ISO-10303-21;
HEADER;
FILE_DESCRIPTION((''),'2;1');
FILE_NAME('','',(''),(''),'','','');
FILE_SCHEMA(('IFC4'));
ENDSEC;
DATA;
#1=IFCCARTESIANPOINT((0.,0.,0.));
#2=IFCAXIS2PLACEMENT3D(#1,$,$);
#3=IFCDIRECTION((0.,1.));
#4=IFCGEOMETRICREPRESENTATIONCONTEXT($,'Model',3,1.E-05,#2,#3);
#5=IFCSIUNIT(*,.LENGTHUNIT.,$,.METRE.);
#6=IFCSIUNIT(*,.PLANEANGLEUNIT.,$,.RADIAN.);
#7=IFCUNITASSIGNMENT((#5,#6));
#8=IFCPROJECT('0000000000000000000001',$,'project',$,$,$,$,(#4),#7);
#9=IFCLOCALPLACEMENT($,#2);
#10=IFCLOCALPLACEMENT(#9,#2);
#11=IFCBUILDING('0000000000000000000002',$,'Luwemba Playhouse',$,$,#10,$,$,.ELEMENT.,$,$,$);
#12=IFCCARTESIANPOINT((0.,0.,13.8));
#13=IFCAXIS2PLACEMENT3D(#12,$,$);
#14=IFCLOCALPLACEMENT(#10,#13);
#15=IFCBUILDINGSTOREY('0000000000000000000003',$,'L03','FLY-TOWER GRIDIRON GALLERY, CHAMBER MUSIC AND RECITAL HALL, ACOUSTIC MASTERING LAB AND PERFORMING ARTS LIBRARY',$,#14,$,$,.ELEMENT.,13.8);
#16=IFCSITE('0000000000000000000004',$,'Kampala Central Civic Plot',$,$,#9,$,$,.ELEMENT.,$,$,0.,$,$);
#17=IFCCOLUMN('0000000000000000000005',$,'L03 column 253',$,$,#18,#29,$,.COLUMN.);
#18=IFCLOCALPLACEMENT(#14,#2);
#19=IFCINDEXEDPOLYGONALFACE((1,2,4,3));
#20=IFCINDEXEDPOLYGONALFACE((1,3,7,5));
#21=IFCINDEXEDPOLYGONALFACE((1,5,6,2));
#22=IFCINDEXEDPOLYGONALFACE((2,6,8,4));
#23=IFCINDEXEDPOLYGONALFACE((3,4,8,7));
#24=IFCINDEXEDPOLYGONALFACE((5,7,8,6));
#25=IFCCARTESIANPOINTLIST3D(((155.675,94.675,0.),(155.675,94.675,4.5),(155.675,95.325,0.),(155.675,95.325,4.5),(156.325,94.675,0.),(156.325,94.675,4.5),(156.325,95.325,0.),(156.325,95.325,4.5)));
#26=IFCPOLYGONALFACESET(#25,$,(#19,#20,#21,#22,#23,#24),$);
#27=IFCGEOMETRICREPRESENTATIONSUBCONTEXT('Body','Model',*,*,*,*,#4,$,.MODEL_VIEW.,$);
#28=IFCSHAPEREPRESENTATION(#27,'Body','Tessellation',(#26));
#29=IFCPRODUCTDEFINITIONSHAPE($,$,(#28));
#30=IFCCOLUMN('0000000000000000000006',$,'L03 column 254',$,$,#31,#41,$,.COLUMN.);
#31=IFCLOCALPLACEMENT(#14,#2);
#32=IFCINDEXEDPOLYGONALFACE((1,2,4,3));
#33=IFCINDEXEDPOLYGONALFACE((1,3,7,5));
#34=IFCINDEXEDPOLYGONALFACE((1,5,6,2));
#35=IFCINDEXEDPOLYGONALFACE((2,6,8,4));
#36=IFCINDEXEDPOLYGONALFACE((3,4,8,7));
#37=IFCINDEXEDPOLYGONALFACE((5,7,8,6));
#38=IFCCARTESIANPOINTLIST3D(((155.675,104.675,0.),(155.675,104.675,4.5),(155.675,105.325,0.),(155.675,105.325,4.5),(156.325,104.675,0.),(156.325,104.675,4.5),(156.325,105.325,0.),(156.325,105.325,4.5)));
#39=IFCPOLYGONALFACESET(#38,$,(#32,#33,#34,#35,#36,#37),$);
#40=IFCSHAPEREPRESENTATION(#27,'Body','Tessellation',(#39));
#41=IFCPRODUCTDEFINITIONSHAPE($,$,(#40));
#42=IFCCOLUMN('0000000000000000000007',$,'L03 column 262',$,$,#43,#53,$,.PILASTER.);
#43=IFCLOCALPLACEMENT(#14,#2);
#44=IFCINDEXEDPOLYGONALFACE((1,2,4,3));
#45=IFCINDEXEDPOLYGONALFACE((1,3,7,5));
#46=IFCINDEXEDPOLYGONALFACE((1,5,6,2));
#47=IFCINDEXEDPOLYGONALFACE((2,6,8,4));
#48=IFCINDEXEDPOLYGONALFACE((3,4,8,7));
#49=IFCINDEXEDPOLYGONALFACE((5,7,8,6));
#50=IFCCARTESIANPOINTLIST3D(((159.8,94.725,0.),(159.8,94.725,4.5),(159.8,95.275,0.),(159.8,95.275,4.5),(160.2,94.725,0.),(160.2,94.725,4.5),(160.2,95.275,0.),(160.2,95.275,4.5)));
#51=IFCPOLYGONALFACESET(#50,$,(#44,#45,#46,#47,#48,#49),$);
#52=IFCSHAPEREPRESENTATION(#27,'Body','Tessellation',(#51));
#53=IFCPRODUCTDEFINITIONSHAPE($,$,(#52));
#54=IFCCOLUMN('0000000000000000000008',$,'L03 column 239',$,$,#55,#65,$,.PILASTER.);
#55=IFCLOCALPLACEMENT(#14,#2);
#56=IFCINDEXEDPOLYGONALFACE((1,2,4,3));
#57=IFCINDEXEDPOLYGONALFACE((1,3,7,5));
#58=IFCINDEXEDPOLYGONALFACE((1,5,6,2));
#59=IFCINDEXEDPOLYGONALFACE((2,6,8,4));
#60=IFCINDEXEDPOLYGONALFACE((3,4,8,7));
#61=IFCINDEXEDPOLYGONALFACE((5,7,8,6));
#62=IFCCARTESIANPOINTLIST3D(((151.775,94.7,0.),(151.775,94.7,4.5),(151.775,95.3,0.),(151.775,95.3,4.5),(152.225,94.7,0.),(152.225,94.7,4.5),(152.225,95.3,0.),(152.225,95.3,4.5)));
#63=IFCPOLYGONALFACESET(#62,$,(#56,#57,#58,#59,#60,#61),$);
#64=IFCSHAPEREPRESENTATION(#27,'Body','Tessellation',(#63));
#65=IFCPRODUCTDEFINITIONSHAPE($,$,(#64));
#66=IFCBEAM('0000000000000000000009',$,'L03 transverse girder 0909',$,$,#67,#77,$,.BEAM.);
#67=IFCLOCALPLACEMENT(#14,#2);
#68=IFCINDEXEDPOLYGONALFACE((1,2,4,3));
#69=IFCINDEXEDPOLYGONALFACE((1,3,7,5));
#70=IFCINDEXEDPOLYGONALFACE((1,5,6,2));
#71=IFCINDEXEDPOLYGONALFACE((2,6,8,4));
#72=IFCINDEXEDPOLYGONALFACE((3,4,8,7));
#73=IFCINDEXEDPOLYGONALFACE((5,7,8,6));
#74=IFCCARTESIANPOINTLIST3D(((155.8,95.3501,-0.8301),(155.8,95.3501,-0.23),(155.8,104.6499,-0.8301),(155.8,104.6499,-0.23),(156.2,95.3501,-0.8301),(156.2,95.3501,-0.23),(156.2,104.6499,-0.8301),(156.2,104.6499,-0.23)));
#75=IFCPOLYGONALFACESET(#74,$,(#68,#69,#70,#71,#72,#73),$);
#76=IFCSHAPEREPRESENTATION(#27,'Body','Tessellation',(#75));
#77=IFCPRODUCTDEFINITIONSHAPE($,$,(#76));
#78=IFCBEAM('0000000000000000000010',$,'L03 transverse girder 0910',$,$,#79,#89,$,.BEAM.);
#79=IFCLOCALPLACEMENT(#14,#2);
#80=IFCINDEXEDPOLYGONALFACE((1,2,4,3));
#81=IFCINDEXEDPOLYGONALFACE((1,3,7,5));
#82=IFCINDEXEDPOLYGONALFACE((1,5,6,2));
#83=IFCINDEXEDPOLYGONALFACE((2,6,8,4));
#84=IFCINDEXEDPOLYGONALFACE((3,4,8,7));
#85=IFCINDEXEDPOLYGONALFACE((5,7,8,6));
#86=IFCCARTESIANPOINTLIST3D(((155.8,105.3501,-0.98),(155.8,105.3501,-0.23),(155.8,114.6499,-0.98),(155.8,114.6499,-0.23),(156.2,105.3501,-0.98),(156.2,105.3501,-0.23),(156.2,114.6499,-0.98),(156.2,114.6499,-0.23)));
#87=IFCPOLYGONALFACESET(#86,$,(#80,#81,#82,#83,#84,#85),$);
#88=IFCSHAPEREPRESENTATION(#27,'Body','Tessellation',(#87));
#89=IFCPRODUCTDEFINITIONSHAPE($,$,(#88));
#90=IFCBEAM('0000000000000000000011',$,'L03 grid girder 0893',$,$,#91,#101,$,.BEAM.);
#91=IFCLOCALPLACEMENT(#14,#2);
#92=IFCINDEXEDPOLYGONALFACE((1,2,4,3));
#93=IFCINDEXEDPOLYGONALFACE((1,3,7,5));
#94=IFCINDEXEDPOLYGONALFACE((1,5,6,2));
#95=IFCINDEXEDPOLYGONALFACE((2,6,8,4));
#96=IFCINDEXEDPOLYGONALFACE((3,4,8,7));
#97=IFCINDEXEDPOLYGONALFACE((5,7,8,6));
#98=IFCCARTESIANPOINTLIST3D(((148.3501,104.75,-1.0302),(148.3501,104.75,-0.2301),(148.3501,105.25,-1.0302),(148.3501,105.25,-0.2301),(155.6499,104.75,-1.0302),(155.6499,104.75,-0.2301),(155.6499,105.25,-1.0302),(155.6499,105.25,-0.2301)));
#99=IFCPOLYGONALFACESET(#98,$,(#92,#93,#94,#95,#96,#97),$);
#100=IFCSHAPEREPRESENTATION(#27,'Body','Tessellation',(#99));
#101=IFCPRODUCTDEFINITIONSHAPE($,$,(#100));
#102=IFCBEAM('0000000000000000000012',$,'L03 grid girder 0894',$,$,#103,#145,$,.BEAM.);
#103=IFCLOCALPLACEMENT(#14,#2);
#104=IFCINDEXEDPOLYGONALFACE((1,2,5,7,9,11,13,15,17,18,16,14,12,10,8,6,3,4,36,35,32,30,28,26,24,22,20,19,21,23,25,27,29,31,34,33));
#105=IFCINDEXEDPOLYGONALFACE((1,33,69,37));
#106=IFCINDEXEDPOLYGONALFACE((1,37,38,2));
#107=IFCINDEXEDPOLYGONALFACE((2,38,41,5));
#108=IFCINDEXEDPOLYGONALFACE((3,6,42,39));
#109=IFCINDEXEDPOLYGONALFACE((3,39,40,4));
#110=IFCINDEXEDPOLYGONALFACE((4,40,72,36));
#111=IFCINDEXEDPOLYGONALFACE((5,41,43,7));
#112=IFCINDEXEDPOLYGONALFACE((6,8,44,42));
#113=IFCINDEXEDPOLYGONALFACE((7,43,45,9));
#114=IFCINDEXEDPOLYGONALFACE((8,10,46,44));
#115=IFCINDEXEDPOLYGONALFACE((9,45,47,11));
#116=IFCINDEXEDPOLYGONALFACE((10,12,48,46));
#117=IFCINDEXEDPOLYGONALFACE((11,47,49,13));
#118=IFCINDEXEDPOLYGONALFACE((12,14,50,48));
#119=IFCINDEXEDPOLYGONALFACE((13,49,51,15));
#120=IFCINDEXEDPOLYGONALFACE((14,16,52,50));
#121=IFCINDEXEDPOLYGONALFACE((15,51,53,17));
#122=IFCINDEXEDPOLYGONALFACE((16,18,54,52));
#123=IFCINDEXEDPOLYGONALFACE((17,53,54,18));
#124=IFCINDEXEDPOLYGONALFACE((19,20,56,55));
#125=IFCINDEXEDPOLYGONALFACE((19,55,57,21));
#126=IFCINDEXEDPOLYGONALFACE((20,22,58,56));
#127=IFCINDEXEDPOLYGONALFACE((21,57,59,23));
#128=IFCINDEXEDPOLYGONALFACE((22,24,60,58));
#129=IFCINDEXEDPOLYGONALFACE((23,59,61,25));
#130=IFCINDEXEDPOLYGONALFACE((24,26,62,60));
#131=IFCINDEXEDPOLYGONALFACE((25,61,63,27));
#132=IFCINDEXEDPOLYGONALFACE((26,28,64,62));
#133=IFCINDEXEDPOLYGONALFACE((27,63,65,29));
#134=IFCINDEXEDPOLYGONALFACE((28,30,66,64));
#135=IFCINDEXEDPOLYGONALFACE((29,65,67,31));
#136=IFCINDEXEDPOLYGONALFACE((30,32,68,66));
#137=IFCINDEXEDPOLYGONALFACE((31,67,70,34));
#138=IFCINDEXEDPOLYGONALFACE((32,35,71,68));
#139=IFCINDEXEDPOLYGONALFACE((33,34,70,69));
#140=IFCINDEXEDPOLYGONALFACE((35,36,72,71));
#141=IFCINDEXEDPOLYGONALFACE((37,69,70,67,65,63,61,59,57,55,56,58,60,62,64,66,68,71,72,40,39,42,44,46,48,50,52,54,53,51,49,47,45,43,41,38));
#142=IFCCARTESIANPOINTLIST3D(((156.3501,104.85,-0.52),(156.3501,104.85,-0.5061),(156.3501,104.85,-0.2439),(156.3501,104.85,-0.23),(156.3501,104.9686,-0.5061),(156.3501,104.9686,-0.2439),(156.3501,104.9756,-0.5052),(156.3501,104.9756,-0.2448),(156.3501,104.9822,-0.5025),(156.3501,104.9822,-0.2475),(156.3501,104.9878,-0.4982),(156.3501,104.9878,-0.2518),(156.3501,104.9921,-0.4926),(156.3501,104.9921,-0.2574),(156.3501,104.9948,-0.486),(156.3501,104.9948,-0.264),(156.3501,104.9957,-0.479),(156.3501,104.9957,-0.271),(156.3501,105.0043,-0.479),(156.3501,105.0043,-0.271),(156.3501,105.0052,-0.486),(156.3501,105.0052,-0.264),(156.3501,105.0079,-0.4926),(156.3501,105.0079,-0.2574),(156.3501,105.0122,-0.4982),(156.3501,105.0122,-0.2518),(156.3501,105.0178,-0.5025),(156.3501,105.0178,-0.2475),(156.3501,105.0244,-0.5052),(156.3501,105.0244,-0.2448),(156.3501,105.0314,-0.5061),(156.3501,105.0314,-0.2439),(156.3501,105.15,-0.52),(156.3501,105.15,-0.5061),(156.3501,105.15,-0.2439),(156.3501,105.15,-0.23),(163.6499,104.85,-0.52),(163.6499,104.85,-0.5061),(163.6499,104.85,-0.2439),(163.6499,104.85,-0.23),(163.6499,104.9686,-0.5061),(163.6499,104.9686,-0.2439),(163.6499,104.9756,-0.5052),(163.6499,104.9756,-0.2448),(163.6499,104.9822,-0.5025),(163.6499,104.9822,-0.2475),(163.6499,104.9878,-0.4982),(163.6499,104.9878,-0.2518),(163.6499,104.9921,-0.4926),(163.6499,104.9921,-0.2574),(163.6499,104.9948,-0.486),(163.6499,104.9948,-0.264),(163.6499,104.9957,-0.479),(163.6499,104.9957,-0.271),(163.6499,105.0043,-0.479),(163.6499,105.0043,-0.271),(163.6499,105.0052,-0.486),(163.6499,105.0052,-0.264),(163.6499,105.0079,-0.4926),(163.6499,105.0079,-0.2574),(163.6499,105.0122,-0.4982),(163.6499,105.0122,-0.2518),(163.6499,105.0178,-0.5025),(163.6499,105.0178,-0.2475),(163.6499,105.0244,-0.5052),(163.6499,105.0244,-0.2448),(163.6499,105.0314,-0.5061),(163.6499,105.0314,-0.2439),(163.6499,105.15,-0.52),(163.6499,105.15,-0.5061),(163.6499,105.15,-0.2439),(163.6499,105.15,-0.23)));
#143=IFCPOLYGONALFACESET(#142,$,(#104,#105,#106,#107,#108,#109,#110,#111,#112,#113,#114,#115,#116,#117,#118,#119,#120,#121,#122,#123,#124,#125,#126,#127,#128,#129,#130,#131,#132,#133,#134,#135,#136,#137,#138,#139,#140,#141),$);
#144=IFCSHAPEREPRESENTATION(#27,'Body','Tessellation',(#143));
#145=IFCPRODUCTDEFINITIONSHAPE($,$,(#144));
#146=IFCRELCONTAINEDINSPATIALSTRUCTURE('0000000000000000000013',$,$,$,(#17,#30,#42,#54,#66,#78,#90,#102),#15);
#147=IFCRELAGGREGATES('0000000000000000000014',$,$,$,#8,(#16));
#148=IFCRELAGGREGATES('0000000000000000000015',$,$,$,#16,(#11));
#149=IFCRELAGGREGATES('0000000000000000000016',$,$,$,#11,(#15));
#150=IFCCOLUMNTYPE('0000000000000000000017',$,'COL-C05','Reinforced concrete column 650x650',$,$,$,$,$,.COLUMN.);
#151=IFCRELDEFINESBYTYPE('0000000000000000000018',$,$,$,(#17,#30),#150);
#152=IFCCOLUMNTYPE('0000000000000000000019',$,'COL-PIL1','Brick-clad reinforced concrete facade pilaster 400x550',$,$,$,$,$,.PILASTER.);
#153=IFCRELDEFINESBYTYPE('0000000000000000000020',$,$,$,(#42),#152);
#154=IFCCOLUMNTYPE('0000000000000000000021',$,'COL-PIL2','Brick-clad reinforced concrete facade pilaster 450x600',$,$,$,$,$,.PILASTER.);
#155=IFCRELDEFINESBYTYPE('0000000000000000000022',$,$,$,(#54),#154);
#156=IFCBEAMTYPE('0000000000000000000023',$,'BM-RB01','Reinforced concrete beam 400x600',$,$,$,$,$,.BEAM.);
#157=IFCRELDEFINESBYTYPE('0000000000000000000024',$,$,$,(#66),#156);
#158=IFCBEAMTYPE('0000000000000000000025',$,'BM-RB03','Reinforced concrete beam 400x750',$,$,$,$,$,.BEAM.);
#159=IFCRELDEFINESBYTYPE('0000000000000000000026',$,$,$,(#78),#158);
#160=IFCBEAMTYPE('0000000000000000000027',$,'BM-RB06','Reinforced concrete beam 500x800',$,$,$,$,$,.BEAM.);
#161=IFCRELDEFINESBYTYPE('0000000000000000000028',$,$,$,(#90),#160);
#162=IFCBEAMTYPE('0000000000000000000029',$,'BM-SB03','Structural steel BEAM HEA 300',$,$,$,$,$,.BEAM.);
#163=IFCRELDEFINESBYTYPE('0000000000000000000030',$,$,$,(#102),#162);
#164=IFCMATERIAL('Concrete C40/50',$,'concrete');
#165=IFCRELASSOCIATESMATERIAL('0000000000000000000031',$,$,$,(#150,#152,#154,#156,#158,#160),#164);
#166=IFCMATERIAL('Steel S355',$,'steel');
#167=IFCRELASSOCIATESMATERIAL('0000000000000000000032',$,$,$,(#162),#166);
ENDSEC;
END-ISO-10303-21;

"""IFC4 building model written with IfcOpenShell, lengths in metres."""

from ifc_helpers import new_model, si_unit, direction, frame, origin, origin_2d, place, context, subcontext, project, spatial, rectangle, i_section, extrude, material, material_profile, profile_set, type_object, element, save


model = new_model("IFC4")

# Units and contexts
model_context = context("Model", 3, precision=1e-05, world=origin(), true_north=direction((0.0, 1.0)))
body_context = subcontext(model_context, "Body", "Model", "MODEL_VIEW")
ifc_project = project(units=[si_unit("LENGTHUNIT", "METRE"), si_unit("PLANEANGLEUNIT", "RADIAN")], contexts=[model_context])

# Site, building, storey
site_placement = place(None, origin())
site = spatial("IfcSite", under=ifc_project, at=site_placement, Name="Kampala Central Civic Plot", CompositionType="ELEMENT", RefElevation=0.0)
building_placement = place(site_placement, origin())
building = spatial("IfcBuilding", under=site, at=building_placement, Name="Luwemba Playhouse", CompositionType="ELEMENT")
storey_placement = place(building_placement, frame((0.0, 0.0, 13.8)))
storey = spatial("IfcBuildingStorey", under=building, at=storey_placement, Name="L03", Description="FLY-TOWER GRIDIRON GALLERY, CHAMBER MUSIC AND RECITAL HALL, ACOUSTIC MASTERING LAB AND PERFORMING ARTS LIBRARY", CompositionType="ELEMENT", Elevation=13.8)

# Columns
ifc_material_1 = material(Name="Concrete C40/50", Category="concrete")
ifc_material_profile_1 = material_profile(ifc_material_1, rectangle(XDim=0.6499, YDim=0.6499, at=origin_2d()))
ifc_profile_set_1 = profile_set([ifc_material_profile_1], Name="Concrete C40/50")
column_type_1 = type_object("IfcColumnType", Name="COL-C05", Description="Reinforced concrete column 650x650", PredefinedType="COLUMN", material=ifc_profile_set_1)
for number, where, z_axis, x_axis, name in (
    (1, (156.0, 95.0, 0.0), (0.0, 0.0, 1.0), (1.0, 0.0, 0.0), "L03 column 253"),
    (2, (156.0, 105.0, 0.0), (0.0, 0.0, 1.0), (1.0, 0.0, 0.0), "L03 column 254"),
):
    element("IfcColumn", number, at=place(storey_placement, frame(where, z_axis=z_axis, x_axis=x_axis)), inside=storey, type_object=column_type_1, Name=name, PredefinedType="COLUMN", context=body_context, shape_type="SweptSolid", body=[
        extrude(rectangle(XDim=0.6499, YDim=0.6499, at=origin_2d()), origin(), (0.0, 0.0, 1.0), 4.5),
    ])
ifc_material_profile_2 = material_profile(ifc_material_1, rectangle(XDim=0.3999, YDim=0.55, at=origin_2d()))
ifc_profile_set_2 = profile_set([ifc_material_profile_2], Name="Concrete C40/50")
column_type_2 = type_object("IfcColumnType", Name="COL-PIL1", Description="Brick-clad reinforced concrete facade pilaster 400x550", PredefinedType="PILASTER", material=ifc_profile_set_2)
column_1_placement = place(storey_placement, frame((160.0, 95.0, 0.0), z_axis=(0.0, 0.0, 1.0), x_axis=(1.0, 0.0, 0.0)))
element("IfcColumn", 3, at=column_1_placement, inside=storey, type_object=column_type_2, Name="L03 column 262", PredefinedType="PILASTER", context=body_context, shape_type="SweptSolid", body=[
    extrude(rectangle(XDim=0.3999, YDim=0.55, at=origin_2d()), origin(), (0.0, 0.0, 1.0), 4.5),
])
ifc_material_profile_3 = material_profile(ifc_material_1, rectangle(XDim=0.45, YDim=0.6001, at=origin_2d()))
ifc_profile_set_3 = profile_set([ifc_material_profile_3], Name="Concrete C40/50")
column_type_3 = type_object("IfcColumnType", Name="COL-PIL2", Description="Brick-clad reinforced concrete facade pilaster 450x600", PredefinedType="PILASTER", material=ifc_profile_set_3)
column_2_placement = place(storey_placement, frame((152.0, 95.0, 0.0), z_axis=(0.0, 0.0, 1.0), x_axis=(1.0, 0.0, 0.0)))
element("IfcColumn", 4, at=column_2_placement, inside=storey, type_object=column_type_3, Name="L03 column 239", PredefinedType="PILASTER", context=body_context, shape_type="SweptSolid", body=[
    extrude(rectangle(XDim=0.45, YDim=0.6001, at=origin_2d()), origin(), (0.0, 0.0, 1.0), 4.5),
])

# Beams
ifc_material_profile_4 = material_profile(ifc_material_1, rectangle(XDim=0.3999, YDim=0.6001, at=origin_2d()))
ifc_profile_set_4 = profile_set([ifc_material_profile_4], Name="Concrete C40/50")
beam_type_1 = type_object("IfcBeamType", Name="BM-RB01", Description="Reinforced concrete beam 400x600", PredefinedType="BEAM", material=ifc_profile_set_4)
beam_1_placement = place(storey_placement, frame((156.0, 95.3501, -0.53), z_axis=(0.0, 1.0, 0.0), x_axis=(-1.0, 0.0, 0.0)))
element("IfcBeam", 5, at=beam_1_placement, inside=storey, type_object=beam_type_1, Name="L03 transverse girder 0909", PredefinedType="BEAM", context=body_context, shape_type="SweptSolid", body=[
    extrude(rectangle(XDim=0.3999, YDim=0.6001, at=origin_2d()), origin(), (0.0, 0.0, 1.0), 9.2998),
])
ifc_material_profile_5 = material_profile(ifc_material_1, rectangle(XDim=0.3999, YDim=0.75, at=origin_2d()))
ifc_profile_set_5 = profile_set([ifc_material_profile_5], Name="Concrete C40/50")
beam_type_2 = type_object("IfcBeamType", Name="BM-RB03", Description="Reinforced concrete beam 400x750", PredefinedType="BEAM", material=ifc_profile_set_5)
beam_2_placement = place(storey_placement, frame((156.0, 105.3501, -0.605), z_axis=(0.0, 1.0, 0.0), x_axis=(-1.0, 0.0, 0.0)))
element("IfcBeam", 6, at=beam_2_placement, inside=storey, type_object=beam_type_2, Name="L03 transverse girder 0910", PredefinedType="BEAM", context=body_context, shape_type="SweptSolid", body=[
    extrude(rectangle(XDim=0.3999, YDim=0.75, at=origin_2d()), origin(), (0.0, 0.0, 1.0), 9.2998),
])
ifc_material_profile_6 = material_profile(ifc_material_1, rectangle(XDim=0.5, YDim=0.8, at=origin_2d()))
ifc_profile_set_6 = profile_set([ifc_material_profile_6], Name="Concrete C40/50")
beam_type_3 = type_object("IfcBeamType", Name="BM-RB06", Description="Reinforced concrete beam 500x800", PredefinedType="BEAM", material=ifc_profile_set_6)
beam_3_placement = place(storey_placement, frame((148.3501, 105.0, -0.6301), z_axis=(1.0, 0.0, 0.0), x_axis=(0.0, 1.0, 0.0)))
element("IfcBeam", 7, at=beam_3_placement, inside=storey, type_object=beam_type_3, Name="L03 grid girder 0893", PredefinedType="BEAM", context=body_context, shape_type="SweptSolid", body=[
    extrude(rectangle(XDim=0.5, YDim=0.8, at=origin_2d()), origin(), (0.0, 0.0, 1.0), 7.2998),
])
ifc_material_2 = material(Name="Steel S355", Category="steel")
ifc_material_profile_7 = material_profile(ifc_material_2, i_section(OverallWidth=0.3, OverallDepth=0.29, WebThickness=0.0085, FlangeThickness=0.0139, FilletRadius=0.0271, at=origin_2d()))
ifc_profile_set_7 = profile_set([ifc_material_profile_7], Name="Steel S355")
beam_type_4 = type_object("IfcBeamType", Name="BM-SB03", Description="Structural steel BEAM HEA 300", PredefinedType="BEAM", material=ifc_profile_set_7)
beam_4_placement = place(storey_placement, frame((156.3501, 105.0, -0.375), z_axis=(1.0, 0.0, 0.0), x_axis=(0.0, 1.0, 0.0)))
element("IfcBeam", 8, at=beam_4_placement, inside=storey, type_object=beam_type_4, Name="L03 grid girder 0894", PredefinedType="BEAM", context=body_context, shape_type="SweptSolid", body=[
    extrude(i_section(OverallWidth=0.3, OverallDepth=0.29, WebThickness=0.0085, FlangeThickness=0.0139, FilletRadius=0.0271, at=origin_2d()), origin(), (0.0, 0.0, 1.0), 7.2998),
])

save(model, "model.ifc")
